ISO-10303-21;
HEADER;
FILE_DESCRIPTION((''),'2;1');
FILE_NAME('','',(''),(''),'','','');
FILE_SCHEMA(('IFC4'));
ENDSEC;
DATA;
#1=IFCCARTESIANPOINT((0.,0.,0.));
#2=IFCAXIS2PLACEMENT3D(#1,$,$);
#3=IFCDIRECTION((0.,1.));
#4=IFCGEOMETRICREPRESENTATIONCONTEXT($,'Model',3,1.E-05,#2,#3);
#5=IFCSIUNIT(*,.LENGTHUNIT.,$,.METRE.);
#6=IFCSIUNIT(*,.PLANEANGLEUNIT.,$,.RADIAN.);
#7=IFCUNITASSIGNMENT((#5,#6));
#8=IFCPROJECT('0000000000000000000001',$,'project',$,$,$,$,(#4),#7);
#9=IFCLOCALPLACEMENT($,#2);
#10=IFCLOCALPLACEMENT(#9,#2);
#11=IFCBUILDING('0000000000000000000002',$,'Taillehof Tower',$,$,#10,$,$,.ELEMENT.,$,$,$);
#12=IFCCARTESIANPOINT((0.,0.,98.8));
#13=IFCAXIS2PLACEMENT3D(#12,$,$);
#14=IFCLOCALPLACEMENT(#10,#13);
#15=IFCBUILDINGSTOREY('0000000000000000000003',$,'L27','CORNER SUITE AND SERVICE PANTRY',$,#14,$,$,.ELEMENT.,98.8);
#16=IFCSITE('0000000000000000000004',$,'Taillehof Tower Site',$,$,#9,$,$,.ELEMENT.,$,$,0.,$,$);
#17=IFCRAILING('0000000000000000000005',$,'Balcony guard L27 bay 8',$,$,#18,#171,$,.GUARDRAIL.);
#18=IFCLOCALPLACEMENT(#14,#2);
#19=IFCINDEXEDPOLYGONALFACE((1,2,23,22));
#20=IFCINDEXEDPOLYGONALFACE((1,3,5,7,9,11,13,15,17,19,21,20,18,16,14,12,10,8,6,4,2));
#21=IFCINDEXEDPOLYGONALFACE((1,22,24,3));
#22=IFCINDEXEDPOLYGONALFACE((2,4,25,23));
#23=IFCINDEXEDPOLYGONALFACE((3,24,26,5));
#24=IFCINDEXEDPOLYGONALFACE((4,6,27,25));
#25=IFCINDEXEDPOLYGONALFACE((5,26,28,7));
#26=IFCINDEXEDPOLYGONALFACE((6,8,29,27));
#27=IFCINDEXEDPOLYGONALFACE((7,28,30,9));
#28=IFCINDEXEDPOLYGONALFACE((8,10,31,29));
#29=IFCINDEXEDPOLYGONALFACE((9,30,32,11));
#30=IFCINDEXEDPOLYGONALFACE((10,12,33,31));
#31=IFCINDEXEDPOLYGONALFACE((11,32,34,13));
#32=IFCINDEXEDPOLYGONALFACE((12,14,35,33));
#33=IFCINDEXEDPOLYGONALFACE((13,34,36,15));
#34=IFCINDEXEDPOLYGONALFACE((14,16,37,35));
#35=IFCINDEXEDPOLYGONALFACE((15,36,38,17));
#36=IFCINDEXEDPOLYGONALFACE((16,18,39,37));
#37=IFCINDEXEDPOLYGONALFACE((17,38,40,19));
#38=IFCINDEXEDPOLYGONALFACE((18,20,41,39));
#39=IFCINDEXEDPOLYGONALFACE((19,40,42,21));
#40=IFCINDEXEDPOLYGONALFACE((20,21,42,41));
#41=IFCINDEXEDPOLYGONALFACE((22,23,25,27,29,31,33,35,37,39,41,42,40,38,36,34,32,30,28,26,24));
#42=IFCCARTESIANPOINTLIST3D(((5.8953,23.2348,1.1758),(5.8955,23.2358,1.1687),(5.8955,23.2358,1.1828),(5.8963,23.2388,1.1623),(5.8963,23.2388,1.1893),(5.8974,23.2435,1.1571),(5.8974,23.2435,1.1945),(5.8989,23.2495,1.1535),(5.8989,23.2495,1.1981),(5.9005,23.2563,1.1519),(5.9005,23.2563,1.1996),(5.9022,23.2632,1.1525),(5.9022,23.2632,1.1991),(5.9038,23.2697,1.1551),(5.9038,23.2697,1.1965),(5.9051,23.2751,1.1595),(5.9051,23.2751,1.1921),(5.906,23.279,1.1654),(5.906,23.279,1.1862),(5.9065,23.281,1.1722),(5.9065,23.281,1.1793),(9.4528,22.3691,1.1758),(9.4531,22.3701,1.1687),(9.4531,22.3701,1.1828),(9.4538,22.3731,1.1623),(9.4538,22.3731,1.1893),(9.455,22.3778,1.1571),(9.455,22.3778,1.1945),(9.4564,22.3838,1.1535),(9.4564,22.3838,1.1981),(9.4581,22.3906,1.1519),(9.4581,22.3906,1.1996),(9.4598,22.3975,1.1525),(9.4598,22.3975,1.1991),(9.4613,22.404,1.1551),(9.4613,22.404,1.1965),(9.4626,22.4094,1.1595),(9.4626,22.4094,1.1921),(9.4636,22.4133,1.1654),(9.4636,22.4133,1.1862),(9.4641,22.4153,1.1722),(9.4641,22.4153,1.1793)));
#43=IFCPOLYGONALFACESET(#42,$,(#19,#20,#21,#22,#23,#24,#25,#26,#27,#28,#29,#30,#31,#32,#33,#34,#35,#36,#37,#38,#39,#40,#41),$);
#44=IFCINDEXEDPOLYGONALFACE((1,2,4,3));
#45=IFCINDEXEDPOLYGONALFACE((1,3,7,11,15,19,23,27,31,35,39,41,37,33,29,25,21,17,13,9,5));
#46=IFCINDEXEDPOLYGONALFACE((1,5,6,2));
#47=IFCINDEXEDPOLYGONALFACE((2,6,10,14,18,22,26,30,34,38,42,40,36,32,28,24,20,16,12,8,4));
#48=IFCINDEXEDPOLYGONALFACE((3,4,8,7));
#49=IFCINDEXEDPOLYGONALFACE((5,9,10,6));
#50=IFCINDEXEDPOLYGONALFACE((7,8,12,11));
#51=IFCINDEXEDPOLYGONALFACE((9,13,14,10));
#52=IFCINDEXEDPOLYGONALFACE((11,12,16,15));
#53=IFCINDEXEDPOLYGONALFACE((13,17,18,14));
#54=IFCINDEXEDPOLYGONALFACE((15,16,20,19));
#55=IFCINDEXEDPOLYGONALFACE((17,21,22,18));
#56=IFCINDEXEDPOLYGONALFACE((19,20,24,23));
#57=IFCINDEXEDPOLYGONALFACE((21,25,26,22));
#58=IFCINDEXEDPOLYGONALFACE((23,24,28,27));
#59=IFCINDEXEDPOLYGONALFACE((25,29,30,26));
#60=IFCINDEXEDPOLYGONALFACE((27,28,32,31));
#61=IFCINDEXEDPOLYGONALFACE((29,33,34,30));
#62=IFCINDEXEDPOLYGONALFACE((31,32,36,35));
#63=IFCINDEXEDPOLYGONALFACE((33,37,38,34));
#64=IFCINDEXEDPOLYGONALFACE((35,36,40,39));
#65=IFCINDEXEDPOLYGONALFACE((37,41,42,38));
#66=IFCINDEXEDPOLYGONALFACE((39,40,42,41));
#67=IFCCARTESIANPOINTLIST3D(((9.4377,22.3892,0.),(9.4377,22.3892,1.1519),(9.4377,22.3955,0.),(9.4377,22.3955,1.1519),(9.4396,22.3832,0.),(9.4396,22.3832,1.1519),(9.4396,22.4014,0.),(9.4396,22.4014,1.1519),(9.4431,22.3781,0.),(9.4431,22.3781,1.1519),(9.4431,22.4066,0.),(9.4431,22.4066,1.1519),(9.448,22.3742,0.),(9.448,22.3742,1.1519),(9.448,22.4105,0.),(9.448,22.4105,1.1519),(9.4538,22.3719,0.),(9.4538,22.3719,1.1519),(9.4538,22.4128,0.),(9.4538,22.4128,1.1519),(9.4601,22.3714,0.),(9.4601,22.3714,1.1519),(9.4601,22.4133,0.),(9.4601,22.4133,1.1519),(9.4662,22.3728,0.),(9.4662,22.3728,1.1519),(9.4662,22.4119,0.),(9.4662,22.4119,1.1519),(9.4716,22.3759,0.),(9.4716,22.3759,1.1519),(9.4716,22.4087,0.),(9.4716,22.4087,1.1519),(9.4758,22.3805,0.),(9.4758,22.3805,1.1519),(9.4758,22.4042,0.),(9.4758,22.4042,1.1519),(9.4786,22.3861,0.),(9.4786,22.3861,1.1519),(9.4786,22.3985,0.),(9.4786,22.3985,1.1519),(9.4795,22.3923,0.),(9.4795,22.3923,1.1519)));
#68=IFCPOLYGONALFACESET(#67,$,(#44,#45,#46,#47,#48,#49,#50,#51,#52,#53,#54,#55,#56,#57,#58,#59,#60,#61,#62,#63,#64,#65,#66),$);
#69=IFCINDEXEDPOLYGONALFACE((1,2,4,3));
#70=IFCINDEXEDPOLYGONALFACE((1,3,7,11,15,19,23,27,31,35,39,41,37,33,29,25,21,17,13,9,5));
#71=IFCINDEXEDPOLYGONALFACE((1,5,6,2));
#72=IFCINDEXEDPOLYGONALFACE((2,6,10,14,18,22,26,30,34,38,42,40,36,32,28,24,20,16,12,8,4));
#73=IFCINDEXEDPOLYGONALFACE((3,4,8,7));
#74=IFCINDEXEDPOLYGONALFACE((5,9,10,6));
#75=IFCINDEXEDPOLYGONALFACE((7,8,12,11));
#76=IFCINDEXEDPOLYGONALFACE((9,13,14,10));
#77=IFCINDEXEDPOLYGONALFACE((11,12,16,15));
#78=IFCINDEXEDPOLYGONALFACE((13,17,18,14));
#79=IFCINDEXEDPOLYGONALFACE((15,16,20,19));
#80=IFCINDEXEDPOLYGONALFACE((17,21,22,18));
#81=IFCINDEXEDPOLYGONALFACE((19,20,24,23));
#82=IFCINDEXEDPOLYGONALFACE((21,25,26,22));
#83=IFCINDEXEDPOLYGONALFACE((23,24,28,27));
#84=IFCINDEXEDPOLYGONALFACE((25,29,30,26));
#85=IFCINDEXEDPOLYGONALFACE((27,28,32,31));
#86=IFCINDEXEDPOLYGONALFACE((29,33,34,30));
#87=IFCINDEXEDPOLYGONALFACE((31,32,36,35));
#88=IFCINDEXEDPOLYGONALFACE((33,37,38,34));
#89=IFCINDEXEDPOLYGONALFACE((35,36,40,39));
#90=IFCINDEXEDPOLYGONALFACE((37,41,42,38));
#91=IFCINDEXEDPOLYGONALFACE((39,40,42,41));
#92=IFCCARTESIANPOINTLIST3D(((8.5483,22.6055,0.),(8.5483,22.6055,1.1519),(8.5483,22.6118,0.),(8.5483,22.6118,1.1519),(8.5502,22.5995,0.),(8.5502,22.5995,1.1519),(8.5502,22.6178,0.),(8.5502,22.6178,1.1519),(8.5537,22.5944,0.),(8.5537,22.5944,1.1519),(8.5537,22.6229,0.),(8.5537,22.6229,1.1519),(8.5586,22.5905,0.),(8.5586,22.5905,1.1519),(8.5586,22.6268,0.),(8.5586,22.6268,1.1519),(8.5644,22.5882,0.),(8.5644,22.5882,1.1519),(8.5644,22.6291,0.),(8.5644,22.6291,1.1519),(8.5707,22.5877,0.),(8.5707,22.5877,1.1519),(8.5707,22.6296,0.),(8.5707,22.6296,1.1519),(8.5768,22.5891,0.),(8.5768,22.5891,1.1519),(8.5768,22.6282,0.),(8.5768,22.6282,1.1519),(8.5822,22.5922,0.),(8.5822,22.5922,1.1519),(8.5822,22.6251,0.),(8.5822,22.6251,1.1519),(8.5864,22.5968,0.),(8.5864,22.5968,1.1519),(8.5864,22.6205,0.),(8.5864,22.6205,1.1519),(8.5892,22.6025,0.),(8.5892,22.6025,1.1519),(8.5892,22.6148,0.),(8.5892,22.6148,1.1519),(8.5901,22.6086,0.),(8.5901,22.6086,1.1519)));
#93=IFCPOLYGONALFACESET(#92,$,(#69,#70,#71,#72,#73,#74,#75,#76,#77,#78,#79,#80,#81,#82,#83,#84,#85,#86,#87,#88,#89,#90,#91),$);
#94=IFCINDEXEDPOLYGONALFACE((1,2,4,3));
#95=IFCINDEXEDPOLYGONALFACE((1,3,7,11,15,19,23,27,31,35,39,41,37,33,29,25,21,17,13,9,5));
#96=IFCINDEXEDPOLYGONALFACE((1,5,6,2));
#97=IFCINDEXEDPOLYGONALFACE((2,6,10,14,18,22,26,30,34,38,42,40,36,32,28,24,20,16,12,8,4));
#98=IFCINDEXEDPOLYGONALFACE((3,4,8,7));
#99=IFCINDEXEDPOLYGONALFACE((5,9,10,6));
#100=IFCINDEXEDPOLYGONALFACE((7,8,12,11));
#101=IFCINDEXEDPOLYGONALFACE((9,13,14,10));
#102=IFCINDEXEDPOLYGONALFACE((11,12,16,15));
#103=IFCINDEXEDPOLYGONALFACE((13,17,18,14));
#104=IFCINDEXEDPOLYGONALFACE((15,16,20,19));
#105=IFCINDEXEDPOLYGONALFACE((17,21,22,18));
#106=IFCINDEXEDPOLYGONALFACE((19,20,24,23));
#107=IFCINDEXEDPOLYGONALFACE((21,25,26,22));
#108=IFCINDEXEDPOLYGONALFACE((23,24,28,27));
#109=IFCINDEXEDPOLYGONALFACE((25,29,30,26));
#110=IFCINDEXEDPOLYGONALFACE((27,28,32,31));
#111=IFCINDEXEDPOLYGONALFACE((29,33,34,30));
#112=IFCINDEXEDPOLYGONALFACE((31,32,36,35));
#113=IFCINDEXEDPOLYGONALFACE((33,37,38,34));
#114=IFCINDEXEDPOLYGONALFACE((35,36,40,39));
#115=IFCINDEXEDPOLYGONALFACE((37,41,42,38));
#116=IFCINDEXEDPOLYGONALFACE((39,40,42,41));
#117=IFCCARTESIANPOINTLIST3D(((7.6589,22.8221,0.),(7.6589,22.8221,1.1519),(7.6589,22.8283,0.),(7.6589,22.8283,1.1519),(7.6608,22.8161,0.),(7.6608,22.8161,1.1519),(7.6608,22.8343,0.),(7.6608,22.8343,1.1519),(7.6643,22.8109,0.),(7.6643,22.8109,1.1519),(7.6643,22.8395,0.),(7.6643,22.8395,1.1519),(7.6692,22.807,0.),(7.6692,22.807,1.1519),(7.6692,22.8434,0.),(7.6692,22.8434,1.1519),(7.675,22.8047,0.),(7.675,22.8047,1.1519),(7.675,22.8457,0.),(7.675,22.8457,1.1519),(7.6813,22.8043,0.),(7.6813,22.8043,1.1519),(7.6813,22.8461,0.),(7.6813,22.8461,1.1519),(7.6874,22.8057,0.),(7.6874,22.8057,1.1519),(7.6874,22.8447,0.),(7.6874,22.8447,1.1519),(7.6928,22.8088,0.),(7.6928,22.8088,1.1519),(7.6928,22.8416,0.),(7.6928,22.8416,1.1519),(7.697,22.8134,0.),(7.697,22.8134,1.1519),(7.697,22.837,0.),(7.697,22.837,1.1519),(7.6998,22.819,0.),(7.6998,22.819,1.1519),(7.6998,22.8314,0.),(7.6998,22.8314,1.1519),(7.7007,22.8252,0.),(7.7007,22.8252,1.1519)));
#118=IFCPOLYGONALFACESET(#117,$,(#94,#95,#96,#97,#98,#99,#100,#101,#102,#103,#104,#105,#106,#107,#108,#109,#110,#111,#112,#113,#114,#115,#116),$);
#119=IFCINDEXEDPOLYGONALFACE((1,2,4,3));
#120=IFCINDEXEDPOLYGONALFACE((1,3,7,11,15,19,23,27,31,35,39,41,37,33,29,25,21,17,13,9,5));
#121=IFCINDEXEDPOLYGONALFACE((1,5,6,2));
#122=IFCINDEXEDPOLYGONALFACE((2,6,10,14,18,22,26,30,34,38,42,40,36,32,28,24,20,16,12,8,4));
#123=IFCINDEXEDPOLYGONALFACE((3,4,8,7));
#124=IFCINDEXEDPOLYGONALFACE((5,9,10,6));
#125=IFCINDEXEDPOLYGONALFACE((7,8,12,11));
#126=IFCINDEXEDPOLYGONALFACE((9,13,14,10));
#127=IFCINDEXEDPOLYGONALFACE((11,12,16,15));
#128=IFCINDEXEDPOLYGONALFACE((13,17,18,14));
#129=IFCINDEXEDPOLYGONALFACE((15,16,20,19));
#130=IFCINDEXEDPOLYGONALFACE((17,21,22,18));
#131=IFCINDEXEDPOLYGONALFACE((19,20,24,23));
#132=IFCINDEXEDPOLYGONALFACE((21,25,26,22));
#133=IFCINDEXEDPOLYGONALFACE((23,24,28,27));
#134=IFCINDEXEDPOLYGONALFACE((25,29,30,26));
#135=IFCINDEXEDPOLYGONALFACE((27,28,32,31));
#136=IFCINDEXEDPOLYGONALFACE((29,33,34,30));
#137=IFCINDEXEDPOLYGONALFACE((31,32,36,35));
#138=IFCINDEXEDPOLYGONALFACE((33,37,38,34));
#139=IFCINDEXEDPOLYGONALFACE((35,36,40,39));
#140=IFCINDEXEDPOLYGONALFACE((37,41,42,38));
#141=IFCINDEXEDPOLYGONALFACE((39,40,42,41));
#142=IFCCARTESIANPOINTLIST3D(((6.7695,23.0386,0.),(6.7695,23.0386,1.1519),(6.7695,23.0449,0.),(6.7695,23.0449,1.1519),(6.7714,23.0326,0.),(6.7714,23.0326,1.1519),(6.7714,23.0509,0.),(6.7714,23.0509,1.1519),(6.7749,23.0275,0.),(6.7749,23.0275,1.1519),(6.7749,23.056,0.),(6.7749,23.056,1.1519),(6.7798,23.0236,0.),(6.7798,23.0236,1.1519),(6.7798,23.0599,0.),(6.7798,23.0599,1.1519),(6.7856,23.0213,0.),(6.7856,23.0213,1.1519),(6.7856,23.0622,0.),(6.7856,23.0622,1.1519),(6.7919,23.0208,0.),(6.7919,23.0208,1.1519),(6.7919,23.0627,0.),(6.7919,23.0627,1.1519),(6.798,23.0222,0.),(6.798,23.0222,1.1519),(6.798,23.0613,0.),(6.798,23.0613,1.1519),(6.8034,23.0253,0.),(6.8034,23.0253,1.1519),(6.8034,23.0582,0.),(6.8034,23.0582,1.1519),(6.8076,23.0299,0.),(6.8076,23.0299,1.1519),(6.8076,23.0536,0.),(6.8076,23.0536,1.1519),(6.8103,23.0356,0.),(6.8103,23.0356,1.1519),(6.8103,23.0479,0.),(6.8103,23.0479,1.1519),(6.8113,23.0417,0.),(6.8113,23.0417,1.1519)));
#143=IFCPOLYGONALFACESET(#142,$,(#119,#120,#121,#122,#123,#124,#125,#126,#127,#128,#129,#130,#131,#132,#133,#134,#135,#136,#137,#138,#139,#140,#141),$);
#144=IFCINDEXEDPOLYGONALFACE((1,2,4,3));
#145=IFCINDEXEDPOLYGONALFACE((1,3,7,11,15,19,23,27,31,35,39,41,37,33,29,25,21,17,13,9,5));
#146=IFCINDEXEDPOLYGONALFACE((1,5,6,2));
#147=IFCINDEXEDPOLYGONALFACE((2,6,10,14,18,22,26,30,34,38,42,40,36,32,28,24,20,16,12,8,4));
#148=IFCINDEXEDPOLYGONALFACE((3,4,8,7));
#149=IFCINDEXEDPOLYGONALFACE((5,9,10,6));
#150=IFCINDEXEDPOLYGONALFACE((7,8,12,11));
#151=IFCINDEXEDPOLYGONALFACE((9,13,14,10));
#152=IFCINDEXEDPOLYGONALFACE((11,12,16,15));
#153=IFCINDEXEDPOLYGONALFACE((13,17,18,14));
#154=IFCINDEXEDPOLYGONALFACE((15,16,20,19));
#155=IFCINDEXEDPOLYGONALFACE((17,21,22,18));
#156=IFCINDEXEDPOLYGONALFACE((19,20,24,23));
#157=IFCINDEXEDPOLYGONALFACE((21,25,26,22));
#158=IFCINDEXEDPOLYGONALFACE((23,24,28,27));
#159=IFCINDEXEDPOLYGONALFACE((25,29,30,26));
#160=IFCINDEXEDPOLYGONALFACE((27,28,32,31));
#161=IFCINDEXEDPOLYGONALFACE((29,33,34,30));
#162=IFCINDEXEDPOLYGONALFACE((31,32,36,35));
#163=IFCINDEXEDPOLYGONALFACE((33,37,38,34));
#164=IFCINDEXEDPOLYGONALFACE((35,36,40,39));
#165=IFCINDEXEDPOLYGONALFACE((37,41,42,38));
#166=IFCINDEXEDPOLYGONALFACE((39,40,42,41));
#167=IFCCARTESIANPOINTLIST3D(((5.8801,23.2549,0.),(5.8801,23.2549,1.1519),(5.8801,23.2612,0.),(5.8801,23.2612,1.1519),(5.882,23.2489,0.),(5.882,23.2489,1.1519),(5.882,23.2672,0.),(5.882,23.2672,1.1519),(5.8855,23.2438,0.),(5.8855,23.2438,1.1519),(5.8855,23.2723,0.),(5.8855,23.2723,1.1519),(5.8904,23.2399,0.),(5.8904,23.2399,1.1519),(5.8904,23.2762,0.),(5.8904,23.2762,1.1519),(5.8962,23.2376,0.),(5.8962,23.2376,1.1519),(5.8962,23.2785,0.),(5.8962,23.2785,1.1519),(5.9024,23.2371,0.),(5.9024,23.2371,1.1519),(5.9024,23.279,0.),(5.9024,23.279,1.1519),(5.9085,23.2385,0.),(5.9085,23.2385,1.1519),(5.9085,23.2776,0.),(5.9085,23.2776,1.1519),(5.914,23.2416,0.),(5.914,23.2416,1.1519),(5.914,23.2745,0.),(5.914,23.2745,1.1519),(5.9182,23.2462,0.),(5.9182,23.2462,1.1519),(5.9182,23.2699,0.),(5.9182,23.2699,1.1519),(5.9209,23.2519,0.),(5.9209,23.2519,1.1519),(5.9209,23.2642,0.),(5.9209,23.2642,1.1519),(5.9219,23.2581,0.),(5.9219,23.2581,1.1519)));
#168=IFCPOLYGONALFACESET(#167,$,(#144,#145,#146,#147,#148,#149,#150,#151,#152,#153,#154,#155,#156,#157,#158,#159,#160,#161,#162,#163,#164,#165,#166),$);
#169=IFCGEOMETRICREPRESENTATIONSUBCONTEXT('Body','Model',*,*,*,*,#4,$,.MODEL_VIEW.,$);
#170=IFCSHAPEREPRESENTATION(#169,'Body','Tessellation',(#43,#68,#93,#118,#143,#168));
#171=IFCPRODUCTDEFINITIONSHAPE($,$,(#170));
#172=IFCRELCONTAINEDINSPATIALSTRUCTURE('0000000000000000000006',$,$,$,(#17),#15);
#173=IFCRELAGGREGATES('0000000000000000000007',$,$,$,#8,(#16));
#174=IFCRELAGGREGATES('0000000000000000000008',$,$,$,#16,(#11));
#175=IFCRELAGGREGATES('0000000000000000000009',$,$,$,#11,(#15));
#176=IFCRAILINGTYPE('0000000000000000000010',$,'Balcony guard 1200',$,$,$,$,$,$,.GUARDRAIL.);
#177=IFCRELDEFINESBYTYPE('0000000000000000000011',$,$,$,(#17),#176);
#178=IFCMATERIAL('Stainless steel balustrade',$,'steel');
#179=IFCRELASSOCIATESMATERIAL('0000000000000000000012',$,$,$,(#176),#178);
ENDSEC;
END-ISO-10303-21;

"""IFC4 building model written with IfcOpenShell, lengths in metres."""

from ifc_helpers import new_model, si_unit, direction, frame, origin, origin_2d, place, context, subcontext, project, spatial, circle, extrude, material, type_object, element, save


model = new_model("IFC4")

# Units and contexts
model_context = context("Model", 3, precision=1e-05, world=origin(), true_north=direction((0.0, 1.0)))
body_context = subcontext(model_context, "Body", "Model", "MODEL_VIEW")
ifc_project = project(units=[si_unit("LENGTHUNIT", "METRE"), si_unit("PLANEANGLEUNIT", "RADIAN")], contexts=[model_context])

# Site, building, storey
site_placement = place(None, origin())
site = spatial("IfcSite", under=ifc_project, at=site_placement, Name="Taillehof Tower Site", CompositionType="ELEMENT", RefElevation=0.0)
building_placement = place(site_placement, origin())
building = spatial("IfcBuilding", under=site, at=building_placement, Name="Taillehof Tower", CompositionType="ELEMENT")
storey_placement = place(building_placement, frame((0.0, 0.0, 98.8)))
storey = spatial("IfcBuildingStorey", under=building, at=storey_placement, Name="L27", Description="CORNER SUITE AND SERVICE PANTRY", CompositionType="ELEMENT", Elevation=98.8)

# Railing
ifc_material_1 = material(Name="Stainless steel balustrade", Category="steel")
railing_type = type_object("IfcRailingType", Name="Balcony guard 1200", PredefinedType="GUARDRAIL", material=ifc_material_1)
railing_1_placement = place(storey_placement, frame((9.4585, 22.3923, 0.0)))
element("IfcRailing", 1, at=railing_1_placement, inside=storey, type_object=railing_type, Name="Balcony guard L27 bay 8", PredefinedType="GUARDRAIL", context=body_context, shape_type="SweptSolid", body=[
    extrude(circle(Radius=0.0239, at=origin_2d()), frame((0.0, 0.0, 1.1758), z_axis=(-0.971645, 0.236443, 0.0), x_axis=(-0.236443, -0.971645, 0.0)), (0.0, 0.0, 1.0), 3.6614),
    extrude(circle(Radius=0.021, at=origin_2d()), origin(), (0.0, 0.0, 1.0), 1.1519),
    extrude(circle(Radius=0.021, at=origin_2d()), frame((-0.8894, 0.2163, 0.0)), (0.0, 0.0, 1.0), 1.1519),
    extrude(circle(Radius=0.021, at=origin_2d()), frame((-1.7788, 0.4329, 0.0)), (0.0, 0.0, 1.0), 1.1519),
    extrude(circle(Radius=0.021, at=origin_2d()), frame((-2.6682, 0.6494, 0.0)), (0.0, 0.0, 1.0), 1.1519),
    extrude(circle(Radius=0.021, at=origin_2d()), frame((-3.5576, 0.8657, 0.0)), (0.0, 0.0, 1.0), 1.1519),
])

save(model, "model.ifc")
